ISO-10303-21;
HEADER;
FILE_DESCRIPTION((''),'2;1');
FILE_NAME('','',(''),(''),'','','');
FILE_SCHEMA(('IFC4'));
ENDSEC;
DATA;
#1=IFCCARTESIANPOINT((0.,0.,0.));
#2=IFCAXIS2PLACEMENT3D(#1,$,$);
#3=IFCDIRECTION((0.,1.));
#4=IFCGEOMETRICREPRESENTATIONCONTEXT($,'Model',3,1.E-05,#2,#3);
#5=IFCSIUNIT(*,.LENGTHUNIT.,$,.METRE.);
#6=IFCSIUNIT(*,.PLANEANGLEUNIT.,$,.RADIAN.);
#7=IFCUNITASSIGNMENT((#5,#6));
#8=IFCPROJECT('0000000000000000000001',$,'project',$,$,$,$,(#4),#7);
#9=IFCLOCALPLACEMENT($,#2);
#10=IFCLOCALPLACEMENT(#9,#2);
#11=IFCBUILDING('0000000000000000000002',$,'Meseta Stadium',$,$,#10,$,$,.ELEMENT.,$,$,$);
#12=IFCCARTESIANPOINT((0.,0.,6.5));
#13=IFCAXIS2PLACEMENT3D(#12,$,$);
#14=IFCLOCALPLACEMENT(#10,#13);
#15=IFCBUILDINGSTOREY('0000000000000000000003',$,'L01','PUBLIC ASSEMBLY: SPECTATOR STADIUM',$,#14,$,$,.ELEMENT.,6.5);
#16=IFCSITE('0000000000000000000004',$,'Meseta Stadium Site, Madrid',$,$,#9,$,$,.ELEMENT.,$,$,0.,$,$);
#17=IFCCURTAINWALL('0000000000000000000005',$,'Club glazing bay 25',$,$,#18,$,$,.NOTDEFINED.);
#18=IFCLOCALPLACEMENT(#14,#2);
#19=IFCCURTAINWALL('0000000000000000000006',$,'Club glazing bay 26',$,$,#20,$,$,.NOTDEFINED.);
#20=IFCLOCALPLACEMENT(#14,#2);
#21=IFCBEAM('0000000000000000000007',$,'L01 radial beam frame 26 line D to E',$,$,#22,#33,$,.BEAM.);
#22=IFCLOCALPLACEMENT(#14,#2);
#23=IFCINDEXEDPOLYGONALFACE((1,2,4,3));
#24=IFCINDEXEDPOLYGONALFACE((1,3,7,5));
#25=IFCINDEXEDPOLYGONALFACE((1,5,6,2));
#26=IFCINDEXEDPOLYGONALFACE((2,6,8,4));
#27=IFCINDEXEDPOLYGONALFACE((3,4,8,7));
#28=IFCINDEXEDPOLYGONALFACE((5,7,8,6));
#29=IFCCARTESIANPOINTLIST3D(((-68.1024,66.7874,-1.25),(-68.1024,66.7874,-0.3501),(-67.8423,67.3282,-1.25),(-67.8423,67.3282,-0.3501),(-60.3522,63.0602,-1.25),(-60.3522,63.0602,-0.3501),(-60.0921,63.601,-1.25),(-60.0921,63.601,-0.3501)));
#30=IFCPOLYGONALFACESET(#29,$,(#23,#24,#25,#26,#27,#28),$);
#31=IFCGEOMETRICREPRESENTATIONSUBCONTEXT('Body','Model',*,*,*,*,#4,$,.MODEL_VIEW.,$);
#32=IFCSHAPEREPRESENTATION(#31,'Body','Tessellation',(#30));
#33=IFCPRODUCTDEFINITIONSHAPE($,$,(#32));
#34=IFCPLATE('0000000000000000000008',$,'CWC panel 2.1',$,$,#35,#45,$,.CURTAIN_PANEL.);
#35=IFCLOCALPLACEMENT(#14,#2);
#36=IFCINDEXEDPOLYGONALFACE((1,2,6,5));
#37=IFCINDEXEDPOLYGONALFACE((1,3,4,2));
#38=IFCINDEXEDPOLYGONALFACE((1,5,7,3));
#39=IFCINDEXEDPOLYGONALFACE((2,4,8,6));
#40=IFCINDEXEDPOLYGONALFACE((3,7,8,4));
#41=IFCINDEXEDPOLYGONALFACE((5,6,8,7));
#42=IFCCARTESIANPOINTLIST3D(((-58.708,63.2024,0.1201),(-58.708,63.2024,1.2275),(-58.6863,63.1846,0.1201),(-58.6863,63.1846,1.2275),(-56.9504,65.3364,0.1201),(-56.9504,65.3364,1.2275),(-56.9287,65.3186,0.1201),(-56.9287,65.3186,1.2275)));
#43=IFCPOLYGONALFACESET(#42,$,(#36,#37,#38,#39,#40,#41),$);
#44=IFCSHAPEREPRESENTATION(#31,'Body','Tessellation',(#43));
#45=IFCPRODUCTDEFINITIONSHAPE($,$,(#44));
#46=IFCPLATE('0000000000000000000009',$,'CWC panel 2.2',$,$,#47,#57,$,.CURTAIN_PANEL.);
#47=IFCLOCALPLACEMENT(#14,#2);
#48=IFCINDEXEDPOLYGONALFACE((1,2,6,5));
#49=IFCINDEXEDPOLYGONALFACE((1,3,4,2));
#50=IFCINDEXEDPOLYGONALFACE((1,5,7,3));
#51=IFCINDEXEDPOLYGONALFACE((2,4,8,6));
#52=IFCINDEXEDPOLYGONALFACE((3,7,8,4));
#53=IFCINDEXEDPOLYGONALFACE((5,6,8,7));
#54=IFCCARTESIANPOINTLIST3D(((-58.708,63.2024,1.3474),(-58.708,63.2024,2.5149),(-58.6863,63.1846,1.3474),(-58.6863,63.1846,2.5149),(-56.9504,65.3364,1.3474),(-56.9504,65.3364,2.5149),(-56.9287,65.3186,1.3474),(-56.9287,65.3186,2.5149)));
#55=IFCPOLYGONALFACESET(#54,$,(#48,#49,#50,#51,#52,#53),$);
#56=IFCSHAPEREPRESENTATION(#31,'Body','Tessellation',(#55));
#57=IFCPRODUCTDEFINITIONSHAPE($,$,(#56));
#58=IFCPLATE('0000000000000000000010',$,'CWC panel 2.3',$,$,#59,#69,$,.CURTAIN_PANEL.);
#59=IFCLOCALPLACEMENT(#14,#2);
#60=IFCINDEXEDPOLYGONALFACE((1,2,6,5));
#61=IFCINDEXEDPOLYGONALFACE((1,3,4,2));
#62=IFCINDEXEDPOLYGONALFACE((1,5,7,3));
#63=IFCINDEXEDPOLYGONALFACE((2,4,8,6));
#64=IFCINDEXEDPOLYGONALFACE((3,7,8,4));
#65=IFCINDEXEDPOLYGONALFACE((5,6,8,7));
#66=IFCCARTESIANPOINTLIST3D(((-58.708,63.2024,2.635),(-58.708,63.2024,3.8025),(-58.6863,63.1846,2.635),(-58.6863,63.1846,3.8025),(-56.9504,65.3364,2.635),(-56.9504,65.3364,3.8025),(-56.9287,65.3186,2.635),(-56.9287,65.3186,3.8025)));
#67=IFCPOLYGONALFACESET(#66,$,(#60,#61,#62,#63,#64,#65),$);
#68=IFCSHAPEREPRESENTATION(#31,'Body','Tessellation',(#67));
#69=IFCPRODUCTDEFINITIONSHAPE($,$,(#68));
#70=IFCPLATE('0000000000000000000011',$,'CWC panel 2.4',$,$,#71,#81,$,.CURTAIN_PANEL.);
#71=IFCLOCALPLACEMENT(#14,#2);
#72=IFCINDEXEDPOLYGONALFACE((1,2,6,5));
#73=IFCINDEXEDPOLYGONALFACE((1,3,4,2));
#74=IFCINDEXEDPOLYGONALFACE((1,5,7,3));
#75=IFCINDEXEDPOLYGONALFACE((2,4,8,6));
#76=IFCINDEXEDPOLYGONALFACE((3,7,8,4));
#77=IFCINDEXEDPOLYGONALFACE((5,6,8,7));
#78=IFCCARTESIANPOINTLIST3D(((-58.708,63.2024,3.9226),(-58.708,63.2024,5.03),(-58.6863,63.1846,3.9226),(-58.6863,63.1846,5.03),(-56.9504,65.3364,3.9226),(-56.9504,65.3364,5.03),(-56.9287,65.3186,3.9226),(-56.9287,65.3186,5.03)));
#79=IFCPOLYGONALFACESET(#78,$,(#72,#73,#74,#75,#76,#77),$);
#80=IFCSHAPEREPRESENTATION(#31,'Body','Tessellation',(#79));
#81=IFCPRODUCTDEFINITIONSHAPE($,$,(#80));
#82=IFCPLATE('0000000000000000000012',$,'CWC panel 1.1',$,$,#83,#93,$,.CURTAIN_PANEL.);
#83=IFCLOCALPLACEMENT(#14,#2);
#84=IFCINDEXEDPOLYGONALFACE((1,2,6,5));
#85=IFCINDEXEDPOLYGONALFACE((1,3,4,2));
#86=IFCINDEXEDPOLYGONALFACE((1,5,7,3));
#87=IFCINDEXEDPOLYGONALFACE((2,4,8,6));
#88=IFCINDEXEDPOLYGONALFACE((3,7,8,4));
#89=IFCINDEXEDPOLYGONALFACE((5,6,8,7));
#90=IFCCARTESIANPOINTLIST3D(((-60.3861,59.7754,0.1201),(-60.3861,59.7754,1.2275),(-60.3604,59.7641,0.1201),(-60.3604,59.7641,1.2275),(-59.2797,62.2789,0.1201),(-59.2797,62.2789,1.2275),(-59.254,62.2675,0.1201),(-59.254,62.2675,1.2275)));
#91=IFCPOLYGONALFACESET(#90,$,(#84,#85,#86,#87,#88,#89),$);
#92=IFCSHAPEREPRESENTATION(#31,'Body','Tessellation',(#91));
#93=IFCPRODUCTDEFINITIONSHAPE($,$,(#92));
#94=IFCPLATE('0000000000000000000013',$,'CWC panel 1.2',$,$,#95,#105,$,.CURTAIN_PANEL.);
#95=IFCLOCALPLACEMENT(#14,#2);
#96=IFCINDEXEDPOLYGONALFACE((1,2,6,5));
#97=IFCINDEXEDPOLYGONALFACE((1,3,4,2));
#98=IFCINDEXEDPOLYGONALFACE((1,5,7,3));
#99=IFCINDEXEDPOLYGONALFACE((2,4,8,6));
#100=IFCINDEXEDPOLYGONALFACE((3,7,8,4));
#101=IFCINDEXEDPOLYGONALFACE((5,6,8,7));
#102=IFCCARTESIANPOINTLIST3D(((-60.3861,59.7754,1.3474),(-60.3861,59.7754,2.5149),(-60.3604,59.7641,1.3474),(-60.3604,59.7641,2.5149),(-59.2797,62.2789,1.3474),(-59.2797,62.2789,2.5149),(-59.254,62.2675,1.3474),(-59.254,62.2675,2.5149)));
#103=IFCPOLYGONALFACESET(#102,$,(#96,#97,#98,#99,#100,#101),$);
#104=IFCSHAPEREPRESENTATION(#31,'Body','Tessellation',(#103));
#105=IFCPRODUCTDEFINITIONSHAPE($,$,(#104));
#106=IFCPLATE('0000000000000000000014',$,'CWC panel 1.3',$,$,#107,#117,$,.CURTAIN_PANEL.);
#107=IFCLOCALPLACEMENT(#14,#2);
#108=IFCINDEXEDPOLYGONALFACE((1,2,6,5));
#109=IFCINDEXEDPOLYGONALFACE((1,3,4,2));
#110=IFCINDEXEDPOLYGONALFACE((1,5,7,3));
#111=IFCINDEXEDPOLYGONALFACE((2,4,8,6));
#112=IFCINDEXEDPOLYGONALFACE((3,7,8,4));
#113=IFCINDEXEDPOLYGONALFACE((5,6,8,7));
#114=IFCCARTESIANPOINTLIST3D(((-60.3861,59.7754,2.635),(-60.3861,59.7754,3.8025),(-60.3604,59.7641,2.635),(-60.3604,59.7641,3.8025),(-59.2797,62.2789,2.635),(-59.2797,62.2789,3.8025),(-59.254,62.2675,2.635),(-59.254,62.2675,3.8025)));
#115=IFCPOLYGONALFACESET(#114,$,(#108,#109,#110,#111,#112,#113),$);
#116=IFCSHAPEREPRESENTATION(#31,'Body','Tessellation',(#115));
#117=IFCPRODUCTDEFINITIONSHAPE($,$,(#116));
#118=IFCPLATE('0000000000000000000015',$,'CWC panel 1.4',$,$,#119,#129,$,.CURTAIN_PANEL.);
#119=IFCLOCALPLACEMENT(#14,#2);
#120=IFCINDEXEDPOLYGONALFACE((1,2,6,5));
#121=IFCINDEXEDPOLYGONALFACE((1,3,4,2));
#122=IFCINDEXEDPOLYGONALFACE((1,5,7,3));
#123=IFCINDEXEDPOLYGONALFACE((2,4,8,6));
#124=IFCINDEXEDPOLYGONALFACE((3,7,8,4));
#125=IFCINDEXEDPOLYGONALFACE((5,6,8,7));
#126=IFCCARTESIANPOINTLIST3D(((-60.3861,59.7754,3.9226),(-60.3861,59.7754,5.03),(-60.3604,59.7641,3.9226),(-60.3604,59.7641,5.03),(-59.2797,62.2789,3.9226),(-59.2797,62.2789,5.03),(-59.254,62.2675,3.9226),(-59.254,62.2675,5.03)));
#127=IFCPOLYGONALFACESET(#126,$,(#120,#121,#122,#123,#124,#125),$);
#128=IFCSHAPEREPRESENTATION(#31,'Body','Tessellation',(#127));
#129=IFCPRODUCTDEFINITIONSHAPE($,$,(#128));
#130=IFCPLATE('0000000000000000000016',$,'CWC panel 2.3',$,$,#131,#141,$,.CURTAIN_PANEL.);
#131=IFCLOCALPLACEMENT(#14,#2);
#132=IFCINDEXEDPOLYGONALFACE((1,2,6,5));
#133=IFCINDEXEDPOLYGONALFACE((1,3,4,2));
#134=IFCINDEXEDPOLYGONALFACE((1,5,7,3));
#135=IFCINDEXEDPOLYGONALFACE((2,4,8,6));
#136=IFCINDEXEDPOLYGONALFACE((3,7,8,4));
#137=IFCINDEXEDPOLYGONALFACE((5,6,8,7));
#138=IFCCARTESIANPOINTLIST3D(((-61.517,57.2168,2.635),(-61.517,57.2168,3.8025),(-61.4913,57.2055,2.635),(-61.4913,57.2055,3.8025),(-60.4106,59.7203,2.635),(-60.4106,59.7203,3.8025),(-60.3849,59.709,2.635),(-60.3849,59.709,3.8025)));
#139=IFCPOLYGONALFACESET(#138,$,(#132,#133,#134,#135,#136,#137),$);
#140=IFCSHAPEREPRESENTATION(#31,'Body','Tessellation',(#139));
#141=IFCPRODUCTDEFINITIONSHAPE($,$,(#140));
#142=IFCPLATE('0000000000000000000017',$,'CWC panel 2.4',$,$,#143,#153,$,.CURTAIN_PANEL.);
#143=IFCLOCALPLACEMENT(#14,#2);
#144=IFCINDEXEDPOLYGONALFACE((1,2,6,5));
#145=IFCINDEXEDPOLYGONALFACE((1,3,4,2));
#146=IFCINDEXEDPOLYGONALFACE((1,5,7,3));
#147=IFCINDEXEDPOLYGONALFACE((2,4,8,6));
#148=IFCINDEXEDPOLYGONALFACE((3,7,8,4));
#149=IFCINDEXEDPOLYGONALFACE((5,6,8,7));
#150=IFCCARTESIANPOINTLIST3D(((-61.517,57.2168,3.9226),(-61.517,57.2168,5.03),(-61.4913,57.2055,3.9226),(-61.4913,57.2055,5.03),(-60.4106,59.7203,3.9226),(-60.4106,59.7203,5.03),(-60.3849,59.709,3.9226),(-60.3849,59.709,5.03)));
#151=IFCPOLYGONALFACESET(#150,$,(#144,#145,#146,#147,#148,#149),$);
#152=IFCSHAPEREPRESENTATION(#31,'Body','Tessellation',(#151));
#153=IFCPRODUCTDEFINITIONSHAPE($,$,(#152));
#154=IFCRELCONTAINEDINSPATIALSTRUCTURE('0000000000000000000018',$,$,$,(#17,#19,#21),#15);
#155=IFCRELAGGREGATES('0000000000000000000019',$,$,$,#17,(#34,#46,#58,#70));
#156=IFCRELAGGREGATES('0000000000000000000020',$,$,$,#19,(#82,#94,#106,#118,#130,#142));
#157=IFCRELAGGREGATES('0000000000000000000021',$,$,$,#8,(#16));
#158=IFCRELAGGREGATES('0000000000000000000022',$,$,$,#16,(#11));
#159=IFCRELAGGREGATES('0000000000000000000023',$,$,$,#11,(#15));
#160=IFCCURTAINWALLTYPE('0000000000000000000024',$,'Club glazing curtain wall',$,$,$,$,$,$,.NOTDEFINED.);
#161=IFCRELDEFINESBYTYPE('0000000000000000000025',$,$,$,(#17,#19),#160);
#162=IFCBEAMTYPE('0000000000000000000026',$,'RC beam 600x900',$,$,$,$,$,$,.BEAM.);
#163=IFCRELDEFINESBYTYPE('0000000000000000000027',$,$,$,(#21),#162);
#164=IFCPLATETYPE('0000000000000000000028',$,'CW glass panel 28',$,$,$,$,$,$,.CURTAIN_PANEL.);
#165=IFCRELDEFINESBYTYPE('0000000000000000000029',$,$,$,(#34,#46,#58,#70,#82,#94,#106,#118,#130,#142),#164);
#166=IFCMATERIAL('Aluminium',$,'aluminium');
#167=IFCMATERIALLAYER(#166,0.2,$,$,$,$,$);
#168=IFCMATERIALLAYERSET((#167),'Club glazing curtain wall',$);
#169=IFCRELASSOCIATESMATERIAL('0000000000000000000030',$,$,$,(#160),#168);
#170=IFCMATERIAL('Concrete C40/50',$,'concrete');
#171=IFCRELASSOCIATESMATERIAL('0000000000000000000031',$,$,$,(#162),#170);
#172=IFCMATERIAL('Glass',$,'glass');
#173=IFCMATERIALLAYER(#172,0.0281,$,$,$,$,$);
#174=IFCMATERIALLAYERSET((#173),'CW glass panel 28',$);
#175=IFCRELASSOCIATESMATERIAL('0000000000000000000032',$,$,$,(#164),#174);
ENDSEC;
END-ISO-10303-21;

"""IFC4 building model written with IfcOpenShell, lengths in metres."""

from ifc_helpers import new_model, si_unit, direction, frame, origin, origin_2d, place, context, subcontext, project, spatial, rectangle, extrude, material, layer, layer_set, material_profile, profile_set, type_object, element, aggregate, save


model = new_model("IFC4")

# Units and contexts
model_context = context("Model", 3, precision=1e-05, world=origin(), true_north=direction((0.0, 1.0)))
body_context = subcontext(model_context, "Body", "Model", "MODEL_VIEW")
ifc_project = project(units=[si_unit("LENGTHUNIT", "METRE"), si_unit("PLANEANGLEUNIT", "RADIAN")], contexts=[model_context])

# Site, building, storey
site_placement = place(None, origin())
site = spatial("IfcSite", under=ifc_project, at=site_placement, Name="Meseta Stadium Site, Madrid", CompositionType="ELEMENT", RefElevation=0.0)
building_placement = place(site_placement, origin())
building = spatial("IfcBuilding", under=site, at=building_placement, Name="Meseta Stadium", CompositionType="ELEMENT")
storey_placement = place(building_placement, frame((0.0, 0.0, 6.5)))
storey = spatial("IfcBuildingStorey", under=building, at=storey_placement, Name="L01", Description="PUBLIC ASSEMBLY: SPECTATOR STADIUM", CompositionType="ELEMENT", Elevation=6.5)

# Curtain wall
ifc_material_1 = material(Name="Aluminium", Category="aluminium")
ifc_layer_1 = layer(ifc_material_1, 0.2)
ifc_layer_set_1 = layer_set([ifc_layer_1], Name="Club glazing curtain wall")
curtain_wall_type = type_object("IfcCurtainWallType", Name="Club glazing curtain wall", PredefinedType="NOTDEFINED", material=ifc_layer_set_1)
curtain_wall_1_placement = place(storey_placement, origin())
curtain_wall_1 = element("IfcCurtainWall", 1, at=curtain_wall_1_placement, inside=storey, type_object=curtain_wall_type, Name="Club glazing bay 25", PredefinedType="NOTDEFINED")

# Curtain wall
curtain_wall_2_placement = place(storey_placement, origin())
curtain_wall_2 = element("IfcCurtainWall", 2, at=curtain_wall_2_placement, inside=storey, type_object=curtain_wall_type, Name="Club glazing bay 26", PredefinedType="NOTDEFINED")

# Beam
ifc_material_2 = material(Name="Concrete C40/50", Category="concrete")
ifc_material_profile_1 = material_profile(ifc_material_2, rectangle(XDim=0.6001, YDim=0.8999, at=origin_2d()), Name="RC 600x900")
ifc_profile_set_1 = profile_set([ifc_material_profile_1], Name="Concrete C40/50")
beam_type_1 = type_object("IfcBeamType", Name="RC beam 600x900", PredefinedType="BEAM", material=ifc_profile_set_1)
beam_1_placement = place(storey_placement, frame((-60.2222, 63.3306, -0.8), z_axis=(-0.901197, 0.433409, 0.0), x_axis=(-0.433409, -0.901197, 0.0)))
element("IfcBeam", 3, at=beam_1_placement, inside=storey, type_object=beam_type_1, Name="L01 radial beam frame 26 line D to E", PredefinedType="BEAM", context=body_context, shape_type="SweptSolid", body=[
    extrude(rectangle(XDim=0.6001, YDim=0.8999, at=origin_2d()), origin(), (0.0, 0.0, 1.0), 8.5999),
])

# Plates
ifc_material_3 = material(Name="Glass", Category="glass")
ifc_layer_2 = layer(ifc_material_3, 0.0281)
ifc_layer_set_2 = layer_set([ifc_layer_2], Name="CW glass panel 28")
plate_type = type_object("IfcPlateType", Name="CW glass panel 28", PredefinedType="CURTAIN_PANEL", material=ifc_layer_set_2)
plate_1_placement = place(storey_placement, frame((-57.8184, 64.2605, 0.1201), z_axis=(0.0, 0.0, 1.0), x_axis=(-0.635741, -0.771902, 0.0)))
plate_1 = element("IfcPlate", 4, at=plate_1_placement, type_object=plate_type, Name="CWC panel 2.1", PredefinedType="CURTAIN_PANEL", context=body_context, shape_type="SweptSolid", body=[
    extrude(rectangle(XDim=2.7646, YDim=0.0281, at=origin_2d()), origin(), (0.0, 0.0, 1.0), 1.1074),
])
plate_2_placement = place(storey_placement, frame((-57.8184, 64.2605, 1.3474), z_axis=(0.0, 0.0, 1.0), x_axis=(-0.635741, -0.771902, 0.0)))
plate_2 = element("IfcPlate", 5, at=plate_2_placement, type_object=plate_type, Name="CWC panel 2.2", PredefinedType="CURTAIN_PANEL", context=body_context, shape_type="SweptSolid", body=[
    extrude(rectangle(XDim=2.7646, YDim=0.0281, at=origin_2d()), origin(), (0.0, 0.0, 1.0), 1.1675),
])
plate_3_placement = place(storey_placement, frame((-57.8184, 64.2605, 2.635), z_axis=(0.0, 0.0, 1.0), x_axis=(-0.635741, -0.771902, 0.0)))
plate_3 = element("IfcPlate", 6, at=plate_3_placement, type_object=plate_type, Name="CWC panel 2.3", PredefinedType="CURTAIN_PANEL", context=body_context, shape_type="SweptSolid", body=[
    extrude(rectangle(XDim=2.7646, YDim=0.0281, at=origin_2d()), origin(), (0.0, 0.0, 1.0), 1.1675),
])
plate_4_placement = place(storey_placement, frame((-57.8184, 64.2605, 3.9226), z_axis=(0.0, 0.0, 1.0), x_axis=(-0.635741, -0.771902, 0.0)))
plate_4 = element("IfcPlate", 7, at=plate_4_placement, type_object=plate_type, Name="CWC panel 2.4", PredefinedType="CURTAIN_PANEL", context=body_context, shape_type="SweptSolid", body=[
    extrude(rectangle(XDim=2.7646, YDim=0.0281, at=origin_2d()), origin(), (0.0, 0.0, 1.0), 1.1074),
])
aggregate(curtain_wall_1, [plate_1, plate_2, plate_3, plate_4])
plate_5_placement = place(storey_placement, frame((-59.8201, 61.0215, 0.1201), z_axis=(0.0, 0.0, 1.0), x_axis=(-0.40423, -0.914657, 0.0)))
plate_5 = element("IfcPlate", 8, at=plate_5_placement, type_object=plate_type, Name="CWC panel 1.1", PredefinedType="CURTAIN_PANEL", context=body_context, shape_type="SweptSolid", body=[
    extrude(rectangle(XDim=2.7371, YDim=0.0281, at=origin_2d()), origin(), (0.0, 0.0, 1.0), 1.1074),
])
plate_6_placement = place(storey_placement, frame((-59.8201, 61.0215, 1.3474), z_axis=(0.0, 0.0, 1.0), x_axis=(-0.40423, -0.914657, 0.0)))
plate_6 = element("IfcPlate", 9, at=plate_6_placement, type_object=plate_type, Name="CWC panel 1.2", PredefinedType="CURTAIN_PANEL", context=body_context, shape_type="SweptSolid", body=[
    extrude(rectangle(XDim=2.7371, YDim=0.0281, at=origin_2d()), origin(), (0.0, 0.0, 1.0), 1.1675),
])
plate_7_placement = place(storey_placement, frame((-59.8201, 61.0215, 2.635), z_axis=(0.0, 0.0, 1.0), x_axis=(-0.40423, -0.914657, 0.0)))
plate_7 = element("IfcPlate", 10, at=plate_7_placement, type_object=plate_type, Name="CWC panel 1.3", PredefinedType="CURTAIN_PANEL", context=body_context, shape_type="SweptSolid", body=[
    extrude(rectangle(XDim=2.7371, YDim=0.0281, at=origin_2d()), origin(), (0.0, 0.0, 1.0), 1.1675),
])
plate_8_placement = place(storey_placement, frame((-59.8201, 61.0215, 3.9226), z_axis=(0.0, 0.0, 1.0), x_axis=(-0.40423, -0.914657, 0.0)))
plate_8 = element("IfcPlate", 11, at=plate_8_placement, type_object=plate_type, Name="CWC panel 1.4", PredefinedType="CURTAIN_PANEL", context=body_context, shape_type="SweptSolid", body=[
    extrude(rectangle(XDim=2.7371, YDim=0.0281, at=origin_2d()), origin(), (0.0, 0.0, 1.0), 1.1074),
])
plate_9_placement = place(storey_placement, frame((-60.9509, 58.4629, 2.635), z_axis=(0.0, 0.0, 1.0), x_axis=(-0.40423, -0.914657, 0.0)))
plate_9 = element("IfcPlate", 12, at=plate_9_placement, type_object=plate_type, Name="CWC panel 2.3", PredefinedType="CURTAIN_PANEL", context=body_context, shape_type="SweptSolid", body=[
    extrude(rectangle(XDim=2.7371, YDim=0.0281, at=origin_2d()), origin(), (0.0, 0.0, 1.0), 1.1675),
])
plate_10_placement = place(storey_placement, frame((-60.9509, 58.4629, 3.9226), z_axis=(0.0, 0.0, 1.0), x_axis=(-0.40423, -0.914657, 0.0)))
plate_10 = element("IfcPlate", 13, at=plate_10_placement, type_object=plate_type, Name="CWC panel 2.4", PredefinedType="CURTAIN_PANEL", context=body_context, shape_type="SweptSolid", body=[
    extrude(rectangle(XDim=2.7371, YDim=0.0281, at=origin_2d()), origin(), (0.0, 0.0, 1.0), 1.1074),
])
aggregate(curtain_wall_2, [plate_5, plate_6, plate_7, plate_8, plate_9, plate_10])

save(model, "model.ifc")
